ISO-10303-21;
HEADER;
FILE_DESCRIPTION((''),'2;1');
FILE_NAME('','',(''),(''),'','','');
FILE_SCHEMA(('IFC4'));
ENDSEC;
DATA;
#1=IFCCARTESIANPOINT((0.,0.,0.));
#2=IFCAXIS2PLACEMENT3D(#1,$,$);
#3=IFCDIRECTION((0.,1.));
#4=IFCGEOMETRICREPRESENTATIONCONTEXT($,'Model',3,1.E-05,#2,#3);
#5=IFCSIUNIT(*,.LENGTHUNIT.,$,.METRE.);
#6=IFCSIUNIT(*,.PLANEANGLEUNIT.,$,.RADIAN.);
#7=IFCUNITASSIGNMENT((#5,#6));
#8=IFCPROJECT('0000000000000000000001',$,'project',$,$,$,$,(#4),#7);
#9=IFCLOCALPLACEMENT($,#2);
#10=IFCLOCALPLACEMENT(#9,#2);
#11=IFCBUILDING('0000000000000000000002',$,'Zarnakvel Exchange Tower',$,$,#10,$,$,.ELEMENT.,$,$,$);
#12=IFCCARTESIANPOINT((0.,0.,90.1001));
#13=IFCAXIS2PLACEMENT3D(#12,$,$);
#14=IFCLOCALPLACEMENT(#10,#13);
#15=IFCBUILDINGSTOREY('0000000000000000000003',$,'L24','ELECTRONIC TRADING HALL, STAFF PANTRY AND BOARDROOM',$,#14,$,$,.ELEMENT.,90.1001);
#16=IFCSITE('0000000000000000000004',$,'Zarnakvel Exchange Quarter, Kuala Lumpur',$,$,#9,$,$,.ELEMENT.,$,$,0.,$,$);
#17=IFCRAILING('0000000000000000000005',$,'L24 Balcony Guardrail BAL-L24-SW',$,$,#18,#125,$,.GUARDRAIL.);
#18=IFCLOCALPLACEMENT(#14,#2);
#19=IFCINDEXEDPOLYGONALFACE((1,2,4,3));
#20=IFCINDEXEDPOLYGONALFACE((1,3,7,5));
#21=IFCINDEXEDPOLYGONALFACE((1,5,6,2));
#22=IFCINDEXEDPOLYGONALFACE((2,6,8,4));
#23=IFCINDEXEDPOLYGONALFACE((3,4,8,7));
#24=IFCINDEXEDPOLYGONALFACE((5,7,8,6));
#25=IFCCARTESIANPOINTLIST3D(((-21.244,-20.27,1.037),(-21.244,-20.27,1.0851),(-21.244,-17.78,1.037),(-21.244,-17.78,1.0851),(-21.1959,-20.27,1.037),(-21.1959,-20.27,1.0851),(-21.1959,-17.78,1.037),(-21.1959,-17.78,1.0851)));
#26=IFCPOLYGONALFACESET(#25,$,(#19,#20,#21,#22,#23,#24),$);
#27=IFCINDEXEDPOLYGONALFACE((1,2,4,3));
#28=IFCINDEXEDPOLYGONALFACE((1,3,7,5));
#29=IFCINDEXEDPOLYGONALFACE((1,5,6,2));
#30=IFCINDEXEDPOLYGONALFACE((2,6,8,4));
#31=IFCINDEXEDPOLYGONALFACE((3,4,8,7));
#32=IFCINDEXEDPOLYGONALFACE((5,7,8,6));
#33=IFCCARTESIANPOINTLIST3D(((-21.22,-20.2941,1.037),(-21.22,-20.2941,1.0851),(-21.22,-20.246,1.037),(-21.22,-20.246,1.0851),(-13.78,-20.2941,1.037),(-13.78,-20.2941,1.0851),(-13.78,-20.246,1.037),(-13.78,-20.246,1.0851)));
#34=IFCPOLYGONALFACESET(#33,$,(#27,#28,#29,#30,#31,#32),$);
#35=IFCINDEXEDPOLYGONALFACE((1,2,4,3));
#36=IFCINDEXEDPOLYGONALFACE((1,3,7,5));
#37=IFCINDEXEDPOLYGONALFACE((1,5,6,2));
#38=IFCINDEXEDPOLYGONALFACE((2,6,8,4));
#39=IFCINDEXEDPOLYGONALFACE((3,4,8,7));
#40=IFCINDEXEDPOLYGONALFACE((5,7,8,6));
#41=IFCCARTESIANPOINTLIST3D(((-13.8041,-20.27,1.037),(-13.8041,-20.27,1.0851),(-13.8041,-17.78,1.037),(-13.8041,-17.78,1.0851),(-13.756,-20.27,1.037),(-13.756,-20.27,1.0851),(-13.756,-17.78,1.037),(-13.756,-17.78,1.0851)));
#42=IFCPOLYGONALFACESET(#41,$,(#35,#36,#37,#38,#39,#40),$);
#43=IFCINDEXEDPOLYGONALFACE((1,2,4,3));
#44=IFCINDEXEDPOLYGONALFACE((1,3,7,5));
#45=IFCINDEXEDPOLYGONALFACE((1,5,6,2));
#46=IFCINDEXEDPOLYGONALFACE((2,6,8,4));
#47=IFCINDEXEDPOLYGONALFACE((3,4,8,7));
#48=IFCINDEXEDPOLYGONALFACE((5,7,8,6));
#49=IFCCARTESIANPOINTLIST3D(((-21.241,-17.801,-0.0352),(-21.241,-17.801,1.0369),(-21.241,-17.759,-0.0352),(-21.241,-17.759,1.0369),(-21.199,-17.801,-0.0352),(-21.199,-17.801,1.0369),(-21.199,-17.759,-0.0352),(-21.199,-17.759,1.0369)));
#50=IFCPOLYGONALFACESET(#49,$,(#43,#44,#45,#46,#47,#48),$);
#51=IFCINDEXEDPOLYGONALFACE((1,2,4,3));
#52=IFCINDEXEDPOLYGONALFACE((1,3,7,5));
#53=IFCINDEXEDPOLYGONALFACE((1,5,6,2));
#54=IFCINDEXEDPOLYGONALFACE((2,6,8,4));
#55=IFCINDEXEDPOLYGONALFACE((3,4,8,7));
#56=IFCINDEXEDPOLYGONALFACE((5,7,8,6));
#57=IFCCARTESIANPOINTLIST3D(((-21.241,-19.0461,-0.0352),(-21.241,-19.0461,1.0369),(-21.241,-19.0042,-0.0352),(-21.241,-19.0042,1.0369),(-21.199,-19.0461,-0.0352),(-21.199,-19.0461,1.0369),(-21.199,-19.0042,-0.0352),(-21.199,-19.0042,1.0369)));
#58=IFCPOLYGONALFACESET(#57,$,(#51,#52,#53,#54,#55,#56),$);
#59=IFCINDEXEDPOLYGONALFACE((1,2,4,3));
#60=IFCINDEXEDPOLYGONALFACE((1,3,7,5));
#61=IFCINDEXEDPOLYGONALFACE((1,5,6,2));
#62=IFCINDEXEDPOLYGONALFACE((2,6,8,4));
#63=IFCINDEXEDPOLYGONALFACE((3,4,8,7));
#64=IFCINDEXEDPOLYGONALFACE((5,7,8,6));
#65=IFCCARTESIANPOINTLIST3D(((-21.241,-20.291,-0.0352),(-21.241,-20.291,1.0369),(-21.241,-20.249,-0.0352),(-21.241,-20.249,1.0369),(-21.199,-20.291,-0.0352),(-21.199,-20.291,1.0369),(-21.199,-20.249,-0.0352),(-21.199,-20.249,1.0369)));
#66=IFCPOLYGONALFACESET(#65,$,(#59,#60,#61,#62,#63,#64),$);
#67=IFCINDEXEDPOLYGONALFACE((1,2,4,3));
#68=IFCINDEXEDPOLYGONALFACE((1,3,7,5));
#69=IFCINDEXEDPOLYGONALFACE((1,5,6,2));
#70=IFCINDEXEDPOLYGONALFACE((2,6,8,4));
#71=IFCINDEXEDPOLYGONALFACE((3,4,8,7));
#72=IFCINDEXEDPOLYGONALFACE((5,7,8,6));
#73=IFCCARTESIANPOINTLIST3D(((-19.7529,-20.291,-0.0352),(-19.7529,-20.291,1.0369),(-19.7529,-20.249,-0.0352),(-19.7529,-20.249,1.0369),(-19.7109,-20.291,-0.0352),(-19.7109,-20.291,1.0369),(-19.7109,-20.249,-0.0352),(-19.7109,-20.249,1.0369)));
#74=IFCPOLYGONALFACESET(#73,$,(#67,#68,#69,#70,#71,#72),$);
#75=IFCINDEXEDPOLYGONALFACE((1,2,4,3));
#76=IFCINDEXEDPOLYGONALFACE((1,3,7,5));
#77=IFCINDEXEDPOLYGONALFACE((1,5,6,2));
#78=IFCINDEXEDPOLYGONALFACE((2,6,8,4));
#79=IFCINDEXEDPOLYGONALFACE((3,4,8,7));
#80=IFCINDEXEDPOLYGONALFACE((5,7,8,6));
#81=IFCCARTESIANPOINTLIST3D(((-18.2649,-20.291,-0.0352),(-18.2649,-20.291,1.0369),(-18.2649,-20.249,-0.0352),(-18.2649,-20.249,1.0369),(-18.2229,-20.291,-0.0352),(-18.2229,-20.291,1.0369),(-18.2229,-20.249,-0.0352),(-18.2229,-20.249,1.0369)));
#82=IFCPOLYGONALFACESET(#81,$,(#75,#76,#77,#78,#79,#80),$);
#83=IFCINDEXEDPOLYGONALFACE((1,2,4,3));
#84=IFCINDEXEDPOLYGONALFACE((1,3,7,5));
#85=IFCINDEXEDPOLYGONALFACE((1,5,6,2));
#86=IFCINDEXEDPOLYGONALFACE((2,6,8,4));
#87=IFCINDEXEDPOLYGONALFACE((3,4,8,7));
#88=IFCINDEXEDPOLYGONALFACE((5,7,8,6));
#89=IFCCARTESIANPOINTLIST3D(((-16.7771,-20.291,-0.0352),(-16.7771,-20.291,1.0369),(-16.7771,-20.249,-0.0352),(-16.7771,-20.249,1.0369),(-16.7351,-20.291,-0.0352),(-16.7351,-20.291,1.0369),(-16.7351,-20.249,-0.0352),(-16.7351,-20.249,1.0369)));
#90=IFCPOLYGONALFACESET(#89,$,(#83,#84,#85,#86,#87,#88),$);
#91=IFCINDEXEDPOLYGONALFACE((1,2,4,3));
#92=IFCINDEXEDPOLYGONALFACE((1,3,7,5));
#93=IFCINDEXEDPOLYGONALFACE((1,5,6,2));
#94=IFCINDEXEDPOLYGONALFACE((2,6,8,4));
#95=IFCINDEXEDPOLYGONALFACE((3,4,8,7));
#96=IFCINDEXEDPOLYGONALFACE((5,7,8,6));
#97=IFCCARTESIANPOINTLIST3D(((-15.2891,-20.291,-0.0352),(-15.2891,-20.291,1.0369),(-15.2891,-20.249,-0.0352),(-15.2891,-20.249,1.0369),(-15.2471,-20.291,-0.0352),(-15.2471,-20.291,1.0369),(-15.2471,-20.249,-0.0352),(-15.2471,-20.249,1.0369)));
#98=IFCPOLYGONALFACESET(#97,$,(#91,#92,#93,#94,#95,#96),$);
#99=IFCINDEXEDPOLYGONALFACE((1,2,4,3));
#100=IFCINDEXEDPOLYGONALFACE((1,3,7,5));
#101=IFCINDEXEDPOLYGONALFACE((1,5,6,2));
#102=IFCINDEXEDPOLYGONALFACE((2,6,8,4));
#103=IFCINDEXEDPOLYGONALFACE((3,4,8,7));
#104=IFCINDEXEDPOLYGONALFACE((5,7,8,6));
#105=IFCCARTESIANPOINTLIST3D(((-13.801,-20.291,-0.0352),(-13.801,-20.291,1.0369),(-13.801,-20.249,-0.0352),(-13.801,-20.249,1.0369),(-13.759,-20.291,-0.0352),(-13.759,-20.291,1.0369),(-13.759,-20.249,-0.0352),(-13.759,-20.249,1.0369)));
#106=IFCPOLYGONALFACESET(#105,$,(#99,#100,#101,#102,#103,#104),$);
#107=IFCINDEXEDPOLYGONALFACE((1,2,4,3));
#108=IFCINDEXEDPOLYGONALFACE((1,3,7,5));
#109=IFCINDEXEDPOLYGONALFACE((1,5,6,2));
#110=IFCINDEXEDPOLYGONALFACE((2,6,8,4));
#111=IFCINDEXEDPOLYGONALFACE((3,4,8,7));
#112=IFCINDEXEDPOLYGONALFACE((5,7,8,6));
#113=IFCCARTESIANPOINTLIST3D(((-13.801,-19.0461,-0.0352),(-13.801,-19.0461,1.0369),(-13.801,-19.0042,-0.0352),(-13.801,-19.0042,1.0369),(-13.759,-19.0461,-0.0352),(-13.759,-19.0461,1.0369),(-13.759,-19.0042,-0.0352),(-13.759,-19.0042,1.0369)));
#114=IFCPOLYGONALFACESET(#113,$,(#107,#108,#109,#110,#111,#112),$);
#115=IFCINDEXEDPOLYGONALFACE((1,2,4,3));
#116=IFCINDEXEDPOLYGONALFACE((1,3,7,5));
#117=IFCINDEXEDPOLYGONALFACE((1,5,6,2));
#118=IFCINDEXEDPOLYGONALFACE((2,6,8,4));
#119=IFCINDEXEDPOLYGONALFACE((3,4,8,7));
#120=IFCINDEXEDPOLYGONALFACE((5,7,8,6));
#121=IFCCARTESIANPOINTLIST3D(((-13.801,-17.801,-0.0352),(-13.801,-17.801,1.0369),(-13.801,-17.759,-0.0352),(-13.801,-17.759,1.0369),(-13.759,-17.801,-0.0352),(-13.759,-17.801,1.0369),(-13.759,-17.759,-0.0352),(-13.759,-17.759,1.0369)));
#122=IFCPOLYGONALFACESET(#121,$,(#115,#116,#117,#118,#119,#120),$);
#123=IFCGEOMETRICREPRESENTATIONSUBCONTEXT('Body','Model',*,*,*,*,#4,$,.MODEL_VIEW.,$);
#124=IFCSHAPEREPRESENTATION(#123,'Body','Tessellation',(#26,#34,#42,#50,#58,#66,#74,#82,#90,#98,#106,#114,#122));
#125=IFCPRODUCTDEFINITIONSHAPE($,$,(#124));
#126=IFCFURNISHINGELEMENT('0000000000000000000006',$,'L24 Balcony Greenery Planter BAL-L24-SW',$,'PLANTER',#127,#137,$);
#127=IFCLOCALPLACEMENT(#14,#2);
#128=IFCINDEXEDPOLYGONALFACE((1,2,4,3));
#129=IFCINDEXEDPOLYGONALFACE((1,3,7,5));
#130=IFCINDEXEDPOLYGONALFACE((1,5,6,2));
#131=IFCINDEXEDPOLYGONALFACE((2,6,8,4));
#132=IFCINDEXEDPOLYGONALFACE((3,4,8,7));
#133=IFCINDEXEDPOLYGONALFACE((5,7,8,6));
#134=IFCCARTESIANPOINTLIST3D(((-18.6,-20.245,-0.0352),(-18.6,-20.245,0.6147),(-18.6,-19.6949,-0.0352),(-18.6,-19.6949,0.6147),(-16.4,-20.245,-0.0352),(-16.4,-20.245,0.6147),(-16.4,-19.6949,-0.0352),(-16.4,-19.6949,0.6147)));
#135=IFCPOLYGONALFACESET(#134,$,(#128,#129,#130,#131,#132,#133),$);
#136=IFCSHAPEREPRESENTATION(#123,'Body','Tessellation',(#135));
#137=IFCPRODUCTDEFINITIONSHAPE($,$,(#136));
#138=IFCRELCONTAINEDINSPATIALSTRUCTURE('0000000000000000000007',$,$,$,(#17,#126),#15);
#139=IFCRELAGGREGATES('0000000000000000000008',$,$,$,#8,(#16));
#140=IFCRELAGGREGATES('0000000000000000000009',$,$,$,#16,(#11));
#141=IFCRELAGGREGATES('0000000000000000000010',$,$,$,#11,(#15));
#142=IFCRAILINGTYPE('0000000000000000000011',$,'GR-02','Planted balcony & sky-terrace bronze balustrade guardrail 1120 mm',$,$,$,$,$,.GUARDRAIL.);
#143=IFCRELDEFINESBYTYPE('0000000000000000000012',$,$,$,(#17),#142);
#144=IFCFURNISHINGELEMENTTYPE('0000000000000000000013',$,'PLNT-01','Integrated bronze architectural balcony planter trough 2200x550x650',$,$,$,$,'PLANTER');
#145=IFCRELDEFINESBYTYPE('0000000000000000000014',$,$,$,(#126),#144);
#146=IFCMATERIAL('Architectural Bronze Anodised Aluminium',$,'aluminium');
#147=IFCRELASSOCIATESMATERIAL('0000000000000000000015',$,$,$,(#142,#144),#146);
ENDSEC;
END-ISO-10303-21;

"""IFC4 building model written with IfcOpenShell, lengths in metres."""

from ifc_helpers import new_model, si_unit, direction, frame, origin, origin_2d, place, context, subcontext, project, spatial, rectangle, extrude, source, transform, mapped, material, type_object, element, save


model = new_model("IFC4")

# Units and contexts
model_context = context("Model", 3, precision=1e-05, world=origin(), true_north=direction((0.0, 1.0)))
body_context = subcontext(model_context, "Body", "Model", "MODEL_VIEW")
ifc_project = project(units=[si_unit("LENGTHUNIT", "METRE"), si_unit("PLANEANGLEUNIT", "RADIAN")], contexts=[model_context])

# Site, building, storey
site_placement = place(None, origin())
site = spatial("IfcSite", under=ifc_project, at=site_placement, Name="Zarnakvel Exchange Quarter, Kuala Lumpur", CompositionType="ELEMENT", RefElevation=0.0)
building_placement = place(site_placement, origin())
building = spatial("IfcBuilding", under=site, at=building_placement, Name="Zarnakvel Exchange Tower", CompositionType="ELEMENT")
storey_placement = place(building_placement, frame((0.0, 0.0, 90.1001)))
storey = spatial("IfcBuildingStorey", under=building, at=storey_placement, Name="L24", Description="ELECTRONIC TRADING HALL, STAFF PANTRY AND BOARDROOM", CompositionType="ELEMENT", Elevation=90.1001)

# Railing
ifc_material_1 = material(Name="Architectural Bronze Anodised Aluminium", Category="aluminium")
railing_type = type_object("IfcRailingType", Name="GR-02", Description="Planted balcony & sky-terrace bronze balustrade guardrail 1120 mm", PredefinedType="GUARDRAIL", material=ifc_material_1)
railing_placement = place(storey_placement, frame((-21.22, -17.78, -0.0352)))
element("IfcRailing", 1, at=railing_placement, inside=storey, type_object=railing_type, Name="L24 Balcony Guardrail BAL-L24-SW", PredefinedType="GUARDRAIL", context=body_context, shape_type="SweptSolid", body=[
    extrude(rectangle(XDim=0.0481, YDim=0.0481, at=origin_2d()), frame((0.0, 0.0, 1.0962), z_axis=(0.0, -1.0, 0.0), x_axis=(1.0, 0.0, 0.0)), (0.0, 0.0, 1.0), 2.49),
    extrude(rectangle(XDim=0.0481, YDim=0.0481, at=origin_2d()), frame((0.0, -2.49, 1.0962), z_axis=(1.0, 0.0, 0.0), x_axis=(0.0, 1.0, 0.0)), (0.0, 0.0, 1.0), 7.4399),
    extrude(rectangle(XDim=0.0481, YDim=0.0481, at=origin_2d()), frame((7.4399, -2.49, 1.0962), z_axis=(0.0, 1.0, 0.0), x_axis=(-1.0, 0.0, 0.0)), (0.0, 0.0, 1.0), 2.49),
    extrude(rectangle(XDim=0.042, YDim=0.042, at=origin_2d()), origin(), (0.0, 0.0, 1.0), 1.072),
    extrude(rectangle(XDim=0.042, YDim=0.042, at=origin_2d()), frame((0.0, -1.2451, 0.0)), (0.0, 0.0, 1.0), 1.072),
    extrude(rectangle(XDim=0.042, YDim=0.042, at=origin_2d()), frame((0.0, -2.49, 0.0)), (0.0, 0.0, 1.0), 1.072),
    extrude(rectangle(XDim=0.042, YDim=0.042, at=origin_2d()), frame((1.488, -2.49, 0.0)), (0.0, 0.0, 1.0), 1.072),
    extrude(rectangle(XDim=0.042, YDim=0.042, at=origin_2d()), frame((2.9761, -2.49, 0.0)), (0.0, 0.0, 1.0), 1.072),
    extrude(rectangle(XDim=0.042, YDim=0.042, at=origin_2d()), frame((4.4639, -2.49, 0.0)), (0.0, 0.0, 1.0), 1.072),
    extrude(rectangle(XDim=0.042, YDim=0.042, at=origin_2d()), frame((5.9519, -2.49, 0.0)), (0.0, 0.0, 1.0), 1.072),
    extrude(rectangle(XDim=0.042, YDim=0.042, at=origin_2d()), frame((7.4399, -2.49, 0.0)), (0.0, 0.0, 1.0), 1.072),
    extrude(rectangle(XDim=0.042, YDim=0.042, at=origin_2d()), frame((7.4399, -1.2451, 0.0)), (0.0, 0.0, 1.0), 1.072),
    extrude(rectangle(XDim=0.042, YDim=0.042, at=origin_2d()), frame((7.4399, 0.0, 0.0)), (0.0, 0.0, 1.0), 1.072),
])

# Furnishing element
furnishing_element_type = type_object("IfcFurnishingElementType", Name="PLNT-01", Description="Integrated bronze architectural balcony planter trough 2200x550x650", ElementType="PLANTER", material=ifc_material_1)
shared_shape = source(origin(), body_context, "Body", "SweptSolid", [
    extrude(rectangle(XDim=2.2, YDim=0.55, at=origin_2d()), origin(), (0.0, 0.0, 1.0), 0.6499),
])
furnishing_placement = place(storey_placement, frame((-17.5, -19.97, -0.0352), z_axis=(0.0, 0.0, 1.0), x_axis=(1.0, 0.0, 0.0)))
element("IfcFurnishingElement", 2, at=furnishing_placement, inside=storey, type_object=furnishing_element_type, Name="L24 Balcony Greenery Planter BAL-L24-SW", ObjectType="PLANTER", context=body_context, shape_type="MappedRepresentation", body=[
    mapped(shared_shape, transform((0.0, 0.0, 0.0), x_axis=(1.0, 0.0, 0.0), y_axis=(0.0, 1.0, 0.0), z_axis=(0.0, 0.0, 1.0), scale=1.0)),
])

save(model, "model.ifc")
